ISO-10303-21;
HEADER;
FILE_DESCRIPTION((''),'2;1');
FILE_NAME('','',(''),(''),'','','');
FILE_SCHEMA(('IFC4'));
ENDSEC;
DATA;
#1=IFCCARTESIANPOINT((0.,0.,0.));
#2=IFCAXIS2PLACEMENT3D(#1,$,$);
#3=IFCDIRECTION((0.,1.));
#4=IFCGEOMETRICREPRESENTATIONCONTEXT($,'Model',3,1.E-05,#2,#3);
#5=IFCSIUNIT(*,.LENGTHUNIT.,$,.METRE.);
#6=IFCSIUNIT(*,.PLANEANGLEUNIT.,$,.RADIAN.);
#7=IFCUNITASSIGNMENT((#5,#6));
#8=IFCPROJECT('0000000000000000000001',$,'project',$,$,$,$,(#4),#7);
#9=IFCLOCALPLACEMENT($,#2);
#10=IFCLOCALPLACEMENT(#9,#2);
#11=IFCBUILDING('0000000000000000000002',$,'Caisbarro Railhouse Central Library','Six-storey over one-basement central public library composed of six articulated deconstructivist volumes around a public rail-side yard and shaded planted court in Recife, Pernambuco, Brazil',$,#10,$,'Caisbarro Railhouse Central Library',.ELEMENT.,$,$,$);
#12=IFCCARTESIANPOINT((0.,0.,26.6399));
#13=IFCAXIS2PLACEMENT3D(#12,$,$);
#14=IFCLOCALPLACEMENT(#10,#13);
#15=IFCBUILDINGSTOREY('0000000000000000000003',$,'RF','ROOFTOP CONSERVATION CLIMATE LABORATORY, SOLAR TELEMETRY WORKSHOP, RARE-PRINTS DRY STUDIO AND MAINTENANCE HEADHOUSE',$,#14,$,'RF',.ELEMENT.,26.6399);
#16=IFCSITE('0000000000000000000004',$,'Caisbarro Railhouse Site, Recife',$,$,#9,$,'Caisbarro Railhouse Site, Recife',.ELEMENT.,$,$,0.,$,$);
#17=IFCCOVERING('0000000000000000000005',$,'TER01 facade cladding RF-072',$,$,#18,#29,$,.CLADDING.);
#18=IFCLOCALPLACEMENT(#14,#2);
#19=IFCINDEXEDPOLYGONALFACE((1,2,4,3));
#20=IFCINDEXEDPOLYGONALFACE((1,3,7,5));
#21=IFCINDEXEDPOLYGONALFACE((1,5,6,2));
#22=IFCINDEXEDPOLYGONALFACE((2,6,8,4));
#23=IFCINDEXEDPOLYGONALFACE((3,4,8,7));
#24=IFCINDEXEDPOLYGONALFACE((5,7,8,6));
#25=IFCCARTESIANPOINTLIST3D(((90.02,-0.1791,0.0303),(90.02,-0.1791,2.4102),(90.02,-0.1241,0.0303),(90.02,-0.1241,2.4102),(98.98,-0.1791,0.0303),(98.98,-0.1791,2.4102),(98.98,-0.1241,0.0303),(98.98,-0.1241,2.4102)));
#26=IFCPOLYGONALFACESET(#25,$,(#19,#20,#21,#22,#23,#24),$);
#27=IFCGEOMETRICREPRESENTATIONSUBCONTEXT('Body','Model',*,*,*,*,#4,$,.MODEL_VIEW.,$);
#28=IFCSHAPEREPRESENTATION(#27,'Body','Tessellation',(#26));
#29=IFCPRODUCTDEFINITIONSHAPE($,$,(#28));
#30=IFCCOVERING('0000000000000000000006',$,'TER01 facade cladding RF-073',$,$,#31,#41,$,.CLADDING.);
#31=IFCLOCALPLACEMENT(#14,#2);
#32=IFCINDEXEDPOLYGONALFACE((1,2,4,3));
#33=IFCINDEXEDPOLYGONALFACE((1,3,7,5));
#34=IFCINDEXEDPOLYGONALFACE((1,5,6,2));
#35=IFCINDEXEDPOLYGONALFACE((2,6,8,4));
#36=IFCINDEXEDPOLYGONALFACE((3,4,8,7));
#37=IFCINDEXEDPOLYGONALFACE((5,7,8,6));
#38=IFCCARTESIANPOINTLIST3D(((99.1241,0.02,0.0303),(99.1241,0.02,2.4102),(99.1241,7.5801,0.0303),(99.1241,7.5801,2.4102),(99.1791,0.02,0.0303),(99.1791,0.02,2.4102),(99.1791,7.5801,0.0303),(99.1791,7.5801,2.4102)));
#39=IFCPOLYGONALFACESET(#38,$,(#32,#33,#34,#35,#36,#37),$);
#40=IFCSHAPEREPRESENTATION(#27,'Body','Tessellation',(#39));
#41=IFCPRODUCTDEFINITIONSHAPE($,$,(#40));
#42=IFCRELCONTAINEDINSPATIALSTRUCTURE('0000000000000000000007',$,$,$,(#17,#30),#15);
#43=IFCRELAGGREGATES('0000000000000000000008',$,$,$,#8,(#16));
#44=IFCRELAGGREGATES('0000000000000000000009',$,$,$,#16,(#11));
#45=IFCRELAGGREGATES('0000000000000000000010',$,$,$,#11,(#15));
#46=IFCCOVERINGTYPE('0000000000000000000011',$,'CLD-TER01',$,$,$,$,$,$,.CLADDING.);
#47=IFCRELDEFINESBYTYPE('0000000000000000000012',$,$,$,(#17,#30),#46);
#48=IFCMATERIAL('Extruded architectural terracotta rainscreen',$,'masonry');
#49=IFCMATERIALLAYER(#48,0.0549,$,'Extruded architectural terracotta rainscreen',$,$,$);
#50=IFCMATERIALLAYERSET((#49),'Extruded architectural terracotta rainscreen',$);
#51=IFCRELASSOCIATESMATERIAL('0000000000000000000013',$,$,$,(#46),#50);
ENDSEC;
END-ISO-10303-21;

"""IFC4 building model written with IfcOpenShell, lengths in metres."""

from ifc_helpers import new_model, si_unit, direction, frame, origin, origin_2d, place, context, subcontext, project, spatial, rectangle, extrude, material, layer, layer_set, type_object, element, save


model = new_model("IFC4")

# Units and contexts
model_context = context("Model", 3, precision=1e-05, world=origin(), true_north=direction((0.0, 1.0)))
body_context = subcontext(model_context, "Body", "Model", "MODEL_VIEW")
ifc_project = project(units=[si_unit("LENGTHUNIT", "METRE"), si_unit("PLANEANGLEUNIT", "RADIAN")], contexts=[model_context])

# Site, building, storey
site_placement = place(None, origin())
site = spatial("IfcSite", under=ifc_project, at=site_placement, Name="Caisbarro Railhouse Site, Recife", LongName="Caisbarro Railhouse Site, Recife", CompositionType="ELEMENT", RefElevation=0.0)
building_placement = place(site_placement, origin())
building = spatial("IfcBuilding", under=site, at=building_placement, Name="Caisbarro Railhouse Central Library", Description="Six-storey over one-basement central public library composed of six articulated deconstructivist volumes around a public rail-side yard and shaded planted court in Recife, Pernambuco, Brazil", LongName="Caisbarro Railhouse Central Library", CompositionType="ELEMENT")
storey_placement = place(building_placement, frame((0.0, 0.0, 26.6399)))
storey = spatial("IfcBuildingStorey", under=building, at=storey_placement, Name="RF", Description="ROOFTOP CONSERVATION CLIMATE LABORATORY, SOLAR TELEMETRY WORKSHOP, RARE-PRINTS DRY STUDIO AND MAINTENANCE HEADHOUSE", LongName="RF", CompositionType="ELEMENT", Elevation=26.6399)

# Coverings
ifc_material_1 = material(Name="Extruded architectural terracotta rainscreen", Category="masonry")
ifc_layer_1 = layer(ifc_material_1, 0.0549, Name="Extruded architectural terracotta rainscreen")
ifc_layer_set_1 = layer_set([ifc_layer_1], Name="Extruded architectural terracotta rainscreen")
covering_type = type_object("IfcCoveringType", Name="CLD-TER01", PredefinedType="CLADDING", material=ifc_layer_set_1)
covering_1_placement = place(storey_placement, frame((94.5, -0.1516, 0.0303), z_axis=(0.0, 0.0, 1.0), x_axis=(1.0, 0.0, 0.0)))
element("IfcCovering", 1, at=covering_1_placement, inside=storey, type_object=covering_type, Name="TER01 facade cladding RF-072", PredefinedType="CLADDING", context=body_context, shape_type="SweptSolid", body=[
    extrude(rectangle(XDim=8.96, YDim=0.0549, at=origin_2d()), origin(), (0.0, 0.0, 1.0), 2.3799),
])
covering_2_placement = place(storey_placement, frame((99.1516, 3.8, 0.0303), z_axis=(0.0, 0.0, 1.0), x_axis=(0.0, 1.0, 0.0)))
element("IfcCovering", 2, at=covering_2_placement, inside=storey, type_object=covering_type, Name="TER01 facade cladding RF-073", PredefinedType="CLADDING", context=body_context, shape_type="SweptSolid", body=[
    extrude(rectangle(XDim=7.5601, YDim=0.0549, at=origin_2d()), origin(), (0.0, 0.0, 1.0), 2.3799),
])

save(model, "model.ifc")
